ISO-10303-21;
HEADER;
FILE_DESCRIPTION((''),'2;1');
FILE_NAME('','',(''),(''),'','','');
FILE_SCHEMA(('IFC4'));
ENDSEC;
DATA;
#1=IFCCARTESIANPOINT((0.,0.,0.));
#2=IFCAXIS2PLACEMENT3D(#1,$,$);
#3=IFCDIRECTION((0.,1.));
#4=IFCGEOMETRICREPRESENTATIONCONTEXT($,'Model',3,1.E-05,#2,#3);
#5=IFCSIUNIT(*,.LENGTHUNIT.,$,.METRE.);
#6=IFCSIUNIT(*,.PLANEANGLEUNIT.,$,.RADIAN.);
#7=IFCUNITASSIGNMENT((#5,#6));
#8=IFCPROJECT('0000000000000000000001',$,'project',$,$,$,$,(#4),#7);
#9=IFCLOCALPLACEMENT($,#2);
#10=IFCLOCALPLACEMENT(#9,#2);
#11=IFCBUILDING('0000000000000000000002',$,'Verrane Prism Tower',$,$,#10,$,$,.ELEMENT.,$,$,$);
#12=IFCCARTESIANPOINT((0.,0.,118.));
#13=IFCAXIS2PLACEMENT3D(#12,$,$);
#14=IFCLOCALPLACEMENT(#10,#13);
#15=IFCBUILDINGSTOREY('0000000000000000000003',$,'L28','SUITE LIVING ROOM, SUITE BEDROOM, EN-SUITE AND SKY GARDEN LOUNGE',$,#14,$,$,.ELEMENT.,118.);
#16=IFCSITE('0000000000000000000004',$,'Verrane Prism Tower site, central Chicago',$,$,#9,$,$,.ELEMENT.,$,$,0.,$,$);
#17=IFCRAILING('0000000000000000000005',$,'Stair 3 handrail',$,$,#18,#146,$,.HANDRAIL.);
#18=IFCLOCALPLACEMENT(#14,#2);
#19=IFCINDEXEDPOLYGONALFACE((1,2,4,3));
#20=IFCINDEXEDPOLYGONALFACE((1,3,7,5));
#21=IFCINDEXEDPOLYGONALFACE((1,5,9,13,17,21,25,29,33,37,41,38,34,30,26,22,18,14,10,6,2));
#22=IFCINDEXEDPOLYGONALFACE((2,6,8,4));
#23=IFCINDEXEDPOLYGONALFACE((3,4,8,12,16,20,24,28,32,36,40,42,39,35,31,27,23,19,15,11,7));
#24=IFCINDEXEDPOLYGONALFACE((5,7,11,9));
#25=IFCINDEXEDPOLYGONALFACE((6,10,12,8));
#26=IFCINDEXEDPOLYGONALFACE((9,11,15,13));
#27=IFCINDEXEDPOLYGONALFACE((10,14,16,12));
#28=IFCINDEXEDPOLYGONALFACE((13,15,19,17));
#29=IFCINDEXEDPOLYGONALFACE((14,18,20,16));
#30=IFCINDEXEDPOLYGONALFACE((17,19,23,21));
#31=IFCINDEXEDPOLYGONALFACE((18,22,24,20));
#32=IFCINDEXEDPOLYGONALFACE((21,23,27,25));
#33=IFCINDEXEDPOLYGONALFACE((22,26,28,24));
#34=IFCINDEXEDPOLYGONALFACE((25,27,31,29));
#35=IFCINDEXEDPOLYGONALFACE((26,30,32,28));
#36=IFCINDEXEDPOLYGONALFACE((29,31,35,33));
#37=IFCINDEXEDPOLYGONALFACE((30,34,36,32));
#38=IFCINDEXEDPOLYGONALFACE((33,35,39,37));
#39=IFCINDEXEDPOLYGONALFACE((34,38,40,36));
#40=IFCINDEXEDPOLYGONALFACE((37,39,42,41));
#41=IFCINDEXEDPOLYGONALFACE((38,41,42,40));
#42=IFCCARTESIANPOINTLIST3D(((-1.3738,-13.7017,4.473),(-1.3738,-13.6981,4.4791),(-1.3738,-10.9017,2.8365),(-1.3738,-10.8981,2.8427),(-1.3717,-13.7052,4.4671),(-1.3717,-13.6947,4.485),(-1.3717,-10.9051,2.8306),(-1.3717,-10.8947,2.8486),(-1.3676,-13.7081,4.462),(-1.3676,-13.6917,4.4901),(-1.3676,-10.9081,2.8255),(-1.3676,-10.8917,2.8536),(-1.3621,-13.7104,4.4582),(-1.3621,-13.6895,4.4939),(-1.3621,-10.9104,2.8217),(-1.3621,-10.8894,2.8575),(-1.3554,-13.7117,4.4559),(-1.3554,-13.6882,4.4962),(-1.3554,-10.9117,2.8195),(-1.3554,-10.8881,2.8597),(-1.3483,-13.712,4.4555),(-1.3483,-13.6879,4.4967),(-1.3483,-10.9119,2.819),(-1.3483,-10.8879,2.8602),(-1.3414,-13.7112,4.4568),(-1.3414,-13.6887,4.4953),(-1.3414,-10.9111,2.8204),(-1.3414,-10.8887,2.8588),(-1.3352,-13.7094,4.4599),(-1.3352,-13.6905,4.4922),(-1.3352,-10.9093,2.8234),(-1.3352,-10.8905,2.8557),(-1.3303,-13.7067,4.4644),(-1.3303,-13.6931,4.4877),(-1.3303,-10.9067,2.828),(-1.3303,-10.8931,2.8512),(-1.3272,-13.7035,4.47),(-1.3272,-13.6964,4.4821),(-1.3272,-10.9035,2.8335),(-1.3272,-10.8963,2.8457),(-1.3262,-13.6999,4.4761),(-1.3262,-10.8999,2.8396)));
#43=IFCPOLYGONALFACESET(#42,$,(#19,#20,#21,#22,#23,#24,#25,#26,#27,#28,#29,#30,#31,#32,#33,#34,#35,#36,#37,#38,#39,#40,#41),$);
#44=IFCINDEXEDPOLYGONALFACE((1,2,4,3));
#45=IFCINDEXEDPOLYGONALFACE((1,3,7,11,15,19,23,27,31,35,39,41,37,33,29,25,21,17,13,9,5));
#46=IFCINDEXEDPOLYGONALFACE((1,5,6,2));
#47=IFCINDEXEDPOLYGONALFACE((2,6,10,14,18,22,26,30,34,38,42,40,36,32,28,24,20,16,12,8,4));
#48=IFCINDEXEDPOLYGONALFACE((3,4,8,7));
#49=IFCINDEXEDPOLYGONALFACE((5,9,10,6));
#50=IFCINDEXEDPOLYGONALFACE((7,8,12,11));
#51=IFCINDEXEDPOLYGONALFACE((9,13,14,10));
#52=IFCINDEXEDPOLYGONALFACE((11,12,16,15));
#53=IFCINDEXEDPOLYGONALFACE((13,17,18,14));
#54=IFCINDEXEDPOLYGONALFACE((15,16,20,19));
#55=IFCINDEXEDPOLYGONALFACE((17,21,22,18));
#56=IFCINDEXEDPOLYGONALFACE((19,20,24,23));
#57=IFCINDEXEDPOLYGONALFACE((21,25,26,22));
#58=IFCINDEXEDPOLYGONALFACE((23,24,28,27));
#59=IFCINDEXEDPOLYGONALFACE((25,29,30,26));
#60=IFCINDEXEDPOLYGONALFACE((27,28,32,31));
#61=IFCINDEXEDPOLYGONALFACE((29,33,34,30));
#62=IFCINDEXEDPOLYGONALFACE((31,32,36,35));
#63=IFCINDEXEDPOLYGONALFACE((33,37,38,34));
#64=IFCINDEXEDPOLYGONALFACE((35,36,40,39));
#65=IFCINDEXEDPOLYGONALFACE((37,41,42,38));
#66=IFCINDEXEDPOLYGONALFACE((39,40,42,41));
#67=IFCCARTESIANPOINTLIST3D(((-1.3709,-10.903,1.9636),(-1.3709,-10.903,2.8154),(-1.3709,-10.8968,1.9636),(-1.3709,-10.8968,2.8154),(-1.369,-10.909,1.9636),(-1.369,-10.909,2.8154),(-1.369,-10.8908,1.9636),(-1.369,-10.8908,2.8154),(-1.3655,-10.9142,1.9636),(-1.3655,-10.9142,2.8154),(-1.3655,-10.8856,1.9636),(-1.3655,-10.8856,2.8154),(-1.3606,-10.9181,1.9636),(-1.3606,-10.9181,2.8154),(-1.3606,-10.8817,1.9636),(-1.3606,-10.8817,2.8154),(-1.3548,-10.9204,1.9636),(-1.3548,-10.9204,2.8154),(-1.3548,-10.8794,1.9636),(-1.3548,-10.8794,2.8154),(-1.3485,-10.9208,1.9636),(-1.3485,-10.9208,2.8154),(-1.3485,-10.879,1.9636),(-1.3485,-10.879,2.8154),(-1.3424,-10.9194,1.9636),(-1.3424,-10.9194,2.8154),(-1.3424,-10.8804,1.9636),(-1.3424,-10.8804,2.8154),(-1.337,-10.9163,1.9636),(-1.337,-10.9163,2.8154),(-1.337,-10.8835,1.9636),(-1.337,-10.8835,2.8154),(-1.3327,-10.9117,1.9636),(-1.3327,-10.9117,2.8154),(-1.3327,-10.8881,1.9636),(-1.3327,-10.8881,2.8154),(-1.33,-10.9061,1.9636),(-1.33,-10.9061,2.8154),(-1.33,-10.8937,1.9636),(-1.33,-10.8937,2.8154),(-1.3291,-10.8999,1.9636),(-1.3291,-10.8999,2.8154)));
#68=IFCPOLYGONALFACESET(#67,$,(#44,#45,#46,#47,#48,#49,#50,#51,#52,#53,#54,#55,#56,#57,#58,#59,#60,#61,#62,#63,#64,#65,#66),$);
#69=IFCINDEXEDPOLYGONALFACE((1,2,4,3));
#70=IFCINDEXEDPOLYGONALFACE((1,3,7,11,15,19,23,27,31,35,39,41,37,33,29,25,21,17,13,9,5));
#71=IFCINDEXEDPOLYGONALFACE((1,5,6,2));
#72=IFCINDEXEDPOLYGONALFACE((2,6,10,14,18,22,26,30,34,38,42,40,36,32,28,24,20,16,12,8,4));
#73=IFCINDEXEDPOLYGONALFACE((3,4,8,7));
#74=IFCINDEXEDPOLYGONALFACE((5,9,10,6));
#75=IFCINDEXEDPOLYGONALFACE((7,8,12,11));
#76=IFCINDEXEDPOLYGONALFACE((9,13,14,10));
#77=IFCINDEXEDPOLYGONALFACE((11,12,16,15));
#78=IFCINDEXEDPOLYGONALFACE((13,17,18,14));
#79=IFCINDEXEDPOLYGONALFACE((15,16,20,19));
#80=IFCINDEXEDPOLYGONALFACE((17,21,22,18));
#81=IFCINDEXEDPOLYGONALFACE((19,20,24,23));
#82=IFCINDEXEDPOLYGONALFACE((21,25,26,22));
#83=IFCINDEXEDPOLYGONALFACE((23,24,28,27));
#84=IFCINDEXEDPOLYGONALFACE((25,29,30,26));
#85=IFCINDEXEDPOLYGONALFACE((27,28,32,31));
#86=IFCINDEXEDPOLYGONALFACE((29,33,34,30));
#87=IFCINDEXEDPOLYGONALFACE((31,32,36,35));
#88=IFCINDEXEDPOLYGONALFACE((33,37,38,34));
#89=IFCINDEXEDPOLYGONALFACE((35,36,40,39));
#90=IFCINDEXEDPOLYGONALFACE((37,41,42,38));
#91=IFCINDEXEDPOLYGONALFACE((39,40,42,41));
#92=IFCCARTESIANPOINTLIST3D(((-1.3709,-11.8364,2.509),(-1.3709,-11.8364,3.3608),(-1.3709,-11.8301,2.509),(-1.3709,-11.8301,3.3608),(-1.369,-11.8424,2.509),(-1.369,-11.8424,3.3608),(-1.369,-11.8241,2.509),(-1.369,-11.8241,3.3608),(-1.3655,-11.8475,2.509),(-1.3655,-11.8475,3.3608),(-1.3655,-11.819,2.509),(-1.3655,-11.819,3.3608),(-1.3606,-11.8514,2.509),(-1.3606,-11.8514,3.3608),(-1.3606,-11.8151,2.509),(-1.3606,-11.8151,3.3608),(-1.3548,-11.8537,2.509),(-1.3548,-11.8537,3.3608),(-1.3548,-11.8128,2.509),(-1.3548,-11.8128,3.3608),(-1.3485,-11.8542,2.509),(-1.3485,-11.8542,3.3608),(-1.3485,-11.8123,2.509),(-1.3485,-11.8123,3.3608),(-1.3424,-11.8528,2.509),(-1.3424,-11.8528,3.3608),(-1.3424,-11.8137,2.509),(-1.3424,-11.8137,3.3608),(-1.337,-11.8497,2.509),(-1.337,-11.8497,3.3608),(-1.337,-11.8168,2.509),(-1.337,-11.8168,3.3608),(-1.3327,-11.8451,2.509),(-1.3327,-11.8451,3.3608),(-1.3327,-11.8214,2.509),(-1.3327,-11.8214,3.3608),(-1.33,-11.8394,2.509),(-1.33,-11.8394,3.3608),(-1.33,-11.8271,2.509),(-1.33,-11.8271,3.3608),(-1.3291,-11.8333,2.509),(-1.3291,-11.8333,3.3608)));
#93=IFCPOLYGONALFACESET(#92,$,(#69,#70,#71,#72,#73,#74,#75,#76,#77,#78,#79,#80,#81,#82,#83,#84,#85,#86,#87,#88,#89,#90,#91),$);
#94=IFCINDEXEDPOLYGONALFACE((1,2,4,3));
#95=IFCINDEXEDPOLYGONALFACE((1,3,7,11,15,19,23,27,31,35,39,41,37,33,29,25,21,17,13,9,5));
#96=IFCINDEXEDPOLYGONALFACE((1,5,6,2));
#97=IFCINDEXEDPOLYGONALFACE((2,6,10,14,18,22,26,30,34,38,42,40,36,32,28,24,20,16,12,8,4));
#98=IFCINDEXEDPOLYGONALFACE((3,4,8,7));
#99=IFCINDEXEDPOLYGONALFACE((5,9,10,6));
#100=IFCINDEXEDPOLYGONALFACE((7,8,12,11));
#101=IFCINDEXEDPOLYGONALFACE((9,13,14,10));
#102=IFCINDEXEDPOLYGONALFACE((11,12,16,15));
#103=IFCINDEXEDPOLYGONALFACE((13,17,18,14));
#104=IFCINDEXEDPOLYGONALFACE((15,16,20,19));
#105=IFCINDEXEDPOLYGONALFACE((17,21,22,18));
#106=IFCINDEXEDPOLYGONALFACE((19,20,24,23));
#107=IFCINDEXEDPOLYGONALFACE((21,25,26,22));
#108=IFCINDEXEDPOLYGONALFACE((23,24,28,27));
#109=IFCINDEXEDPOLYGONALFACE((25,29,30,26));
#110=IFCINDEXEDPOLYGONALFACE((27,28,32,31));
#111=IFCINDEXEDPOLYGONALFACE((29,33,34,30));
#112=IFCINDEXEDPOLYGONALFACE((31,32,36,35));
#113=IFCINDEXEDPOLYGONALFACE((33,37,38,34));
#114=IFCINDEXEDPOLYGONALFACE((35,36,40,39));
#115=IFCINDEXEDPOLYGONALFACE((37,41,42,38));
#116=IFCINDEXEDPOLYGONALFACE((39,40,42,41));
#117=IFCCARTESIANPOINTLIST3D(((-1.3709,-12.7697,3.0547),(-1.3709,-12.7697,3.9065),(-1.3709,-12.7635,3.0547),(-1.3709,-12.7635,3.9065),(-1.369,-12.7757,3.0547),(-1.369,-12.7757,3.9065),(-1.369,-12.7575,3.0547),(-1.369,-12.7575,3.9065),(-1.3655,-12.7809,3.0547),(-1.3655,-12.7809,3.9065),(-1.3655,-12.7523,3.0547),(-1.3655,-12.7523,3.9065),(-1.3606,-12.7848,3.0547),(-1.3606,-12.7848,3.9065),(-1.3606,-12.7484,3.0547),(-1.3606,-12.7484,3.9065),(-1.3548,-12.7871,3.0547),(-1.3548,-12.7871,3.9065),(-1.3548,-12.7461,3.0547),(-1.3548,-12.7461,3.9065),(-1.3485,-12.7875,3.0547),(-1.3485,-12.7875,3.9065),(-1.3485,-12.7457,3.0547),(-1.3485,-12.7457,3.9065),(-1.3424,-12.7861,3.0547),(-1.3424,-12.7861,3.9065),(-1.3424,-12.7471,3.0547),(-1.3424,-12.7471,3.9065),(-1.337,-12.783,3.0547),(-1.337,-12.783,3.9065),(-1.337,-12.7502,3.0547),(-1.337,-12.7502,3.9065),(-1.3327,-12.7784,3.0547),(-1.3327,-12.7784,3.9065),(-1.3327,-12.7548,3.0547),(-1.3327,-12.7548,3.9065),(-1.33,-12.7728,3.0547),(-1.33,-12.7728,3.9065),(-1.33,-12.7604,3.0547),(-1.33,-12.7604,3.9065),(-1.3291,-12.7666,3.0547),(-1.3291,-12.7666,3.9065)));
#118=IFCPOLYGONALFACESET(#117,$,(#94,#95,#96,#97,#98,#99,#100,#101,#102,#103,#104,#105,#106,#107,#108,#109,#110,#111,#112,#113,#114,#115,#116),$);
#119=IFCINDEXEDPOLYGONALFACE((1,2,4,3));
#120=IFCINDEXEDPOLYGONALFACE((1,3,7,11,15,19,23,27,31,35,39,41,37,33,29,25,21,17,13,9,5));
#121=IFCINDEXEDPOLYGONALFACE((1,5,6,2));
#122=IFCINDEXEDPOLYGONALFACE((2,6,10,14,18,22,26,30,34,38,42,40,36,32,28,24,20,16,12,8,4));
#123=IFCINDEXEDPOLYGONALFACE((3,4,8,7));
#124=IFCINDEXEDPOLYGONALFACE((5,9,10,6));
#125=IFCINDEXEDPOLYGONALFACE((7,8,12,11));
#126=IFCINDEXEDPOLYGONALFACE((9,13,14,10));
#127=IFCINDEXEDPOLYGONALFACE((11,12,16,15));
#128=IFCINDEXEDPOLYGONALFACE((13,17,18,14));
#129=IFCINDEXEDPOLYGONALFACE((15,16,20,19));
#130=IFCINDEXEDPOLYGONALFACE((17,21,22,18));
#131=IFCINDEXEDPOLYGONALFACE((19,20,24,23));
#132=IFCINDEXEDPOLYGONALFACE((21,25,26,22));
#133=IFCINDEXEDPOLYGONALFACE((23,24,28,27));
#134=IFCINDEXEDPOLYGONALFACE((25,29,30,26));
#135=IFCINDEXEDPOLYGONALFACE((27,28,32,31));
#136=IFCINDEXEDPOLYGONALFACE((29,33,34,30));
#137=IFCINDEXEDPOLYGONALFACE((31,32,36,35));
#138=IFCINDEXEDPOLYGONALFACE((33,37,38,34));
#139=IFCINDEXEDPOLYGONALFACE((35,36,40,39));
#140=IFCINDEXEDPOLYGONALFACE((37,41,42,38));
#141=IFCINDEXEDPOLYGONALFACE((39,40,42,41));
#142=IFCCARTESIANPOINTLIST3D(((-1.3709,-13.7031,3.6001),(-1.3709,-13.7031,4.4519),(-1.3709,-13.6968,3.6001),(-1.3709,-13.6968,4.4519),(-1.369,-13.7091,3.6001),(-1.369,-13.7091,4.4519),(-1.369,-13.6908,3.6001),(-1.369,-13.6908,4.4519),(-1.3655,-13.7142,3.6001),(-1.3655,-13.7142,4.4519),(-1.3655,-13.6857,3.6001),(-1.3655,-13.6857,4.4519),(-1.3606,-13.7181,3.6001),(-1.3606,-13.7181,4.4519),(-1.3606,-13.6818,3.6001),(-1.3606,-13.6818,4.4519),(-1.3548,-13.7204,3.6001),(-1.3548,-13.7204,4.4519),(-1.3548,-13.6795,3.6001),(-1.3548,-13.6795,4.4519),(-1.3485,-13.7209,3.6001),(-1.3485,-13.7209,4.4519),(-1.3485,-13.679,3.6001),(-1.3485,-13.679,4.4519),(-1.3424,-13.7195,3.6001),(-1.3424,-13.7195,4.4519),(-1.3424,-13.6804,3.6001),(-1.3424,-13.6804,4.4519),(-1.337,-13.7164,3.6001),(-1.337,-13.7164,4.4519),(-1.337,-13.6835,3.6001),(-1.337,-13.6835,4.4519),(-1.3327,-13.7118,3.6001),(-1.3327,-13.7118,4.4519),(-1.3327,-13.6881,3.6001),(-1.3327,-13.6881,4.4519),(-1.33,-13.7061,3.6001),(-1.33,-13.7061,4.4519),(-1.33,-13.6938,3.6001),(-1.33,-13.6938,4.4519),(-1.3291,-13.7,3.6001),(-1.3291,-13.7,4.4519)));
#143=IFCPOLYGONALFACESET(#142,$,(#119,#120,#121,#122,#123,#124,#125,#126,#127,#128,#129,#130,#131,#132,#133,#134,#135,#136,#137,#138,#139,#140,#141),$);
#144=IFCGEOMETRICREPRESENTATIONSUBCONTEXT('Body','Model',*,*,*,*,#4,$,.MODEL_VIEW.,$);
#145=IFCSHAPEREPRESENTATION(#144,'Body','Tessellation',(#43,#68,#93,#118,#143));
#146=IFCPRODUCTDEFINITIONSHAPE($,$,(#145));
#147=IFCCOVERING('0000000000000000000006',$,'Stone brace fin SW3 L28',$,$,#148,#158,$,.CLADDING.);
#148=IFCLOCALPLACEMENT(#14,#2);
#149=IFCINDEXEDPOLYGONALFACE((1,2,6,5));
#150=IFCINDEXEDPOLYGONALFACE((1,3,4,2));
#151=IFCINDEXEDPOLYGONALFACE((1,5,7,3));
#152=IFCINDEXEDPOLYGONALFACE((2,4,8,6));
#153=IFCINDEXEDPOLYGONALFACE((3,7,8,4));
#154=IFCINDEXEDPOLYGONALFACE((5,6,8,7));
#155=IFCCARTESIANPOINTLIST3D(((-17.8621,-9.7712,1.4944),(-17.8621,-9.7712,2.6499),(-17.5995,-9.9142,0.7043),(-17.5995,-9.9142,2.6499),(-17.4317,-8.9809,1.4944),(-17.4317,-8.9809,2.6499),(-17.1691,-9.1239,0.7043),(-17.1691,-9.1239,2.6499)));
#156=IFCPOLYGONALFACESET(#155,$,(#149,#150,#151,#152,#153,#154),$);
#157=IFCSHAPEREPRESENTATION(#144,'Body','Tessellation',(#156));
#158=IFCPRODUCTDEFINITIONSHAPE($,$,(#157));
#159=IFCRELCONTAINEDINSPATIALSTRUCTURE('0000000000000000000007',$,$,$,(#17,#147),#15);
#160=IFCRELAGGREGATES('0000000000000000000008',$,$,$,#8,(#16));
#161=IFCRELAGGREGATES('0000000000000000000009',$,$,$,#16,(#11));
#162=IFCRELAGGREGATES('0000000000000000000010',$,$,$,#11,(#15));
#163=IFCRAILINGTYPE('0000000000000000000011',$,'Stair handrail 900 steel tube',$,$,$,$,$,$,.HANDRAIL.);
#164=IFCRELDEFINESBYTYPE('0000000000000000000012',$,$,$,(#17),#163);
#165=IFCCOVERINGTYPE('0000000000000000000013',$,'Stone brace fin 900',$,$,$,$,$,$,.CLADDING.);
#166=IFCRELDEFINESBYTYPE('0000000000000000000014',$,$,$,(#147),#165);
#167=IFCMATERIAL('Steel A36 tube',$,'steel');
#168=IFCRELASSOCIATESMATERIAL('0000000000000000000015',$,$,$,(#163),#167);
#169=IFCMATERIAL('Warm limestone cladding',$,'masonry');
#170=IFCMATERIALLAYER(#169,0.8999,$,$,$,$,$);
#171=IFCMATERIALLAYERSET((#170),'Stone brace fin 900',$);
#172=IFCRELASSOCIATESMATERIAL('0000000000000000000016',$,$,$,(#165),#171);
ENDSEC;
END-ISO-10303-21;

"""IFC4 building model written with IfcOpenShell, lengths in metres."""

from ifc_helpers import new_model, si_unit, direction, frame, origin, origin_2d, place, context, subcontext, project, spatial, polyline, circle, outline, extrude, material, layer, layer_set, type_object, element, save


model = new_model("IFC4")

# Units and contexts
model_context = context("Model", 3, precision=1e-05, world=origin(), true_north=direction((0.0, 1.0)))
body_context = subcontext(model_context, "Body", "Model", "MODEL_VIEW")
ifc_project = project(units=[si_unit("LENGTHUNIT", "METRE"), si_unit("PLANEANGLEUNIT", "RADIAN")], contexts=[model_context])

# Site, building, storey
site_placement = place(None, origin())
site = spatial("IfcSite", under=ifc_project, at=site_placement, Name="Verrane Prism Tower site, central Chicago", CompositionType="ELEMENT", RefElevation=0.0)
building_placement = place(site_placement, origin())
building = spatial("IfcBuilding", under=site, at=building_placement, Name="Verrane Prism Tower", CompositionType="ELEMENT")
storey_placement = place(building_placement, frame((0.0, 0.0, 118.0)))
storey = spatial("IfcBuildingStorey", under=building, at=storey_placement, Name="L28", Description="SUITE LIVING ROOM, SUITE BEDROOM, EN-SUITE AND SKY GARDEN LOUNGE", CompositionType="ELEMENT", Elevation=118.0)

# Railing
ifc_material_1 = material(Name="Steel A36 tube", Category="steel")
railing_type = type_object("IfcRailingType", Name="Stair handrail 900 steel tube", PredefinedType="HANDRAIL", material=ifc_material_1)
railing_placement = place(storey_placement, frame((-1.3501, -10.8999, 1.9636)))
element("IfcRailing", 1, at=railing_placement, inside=storey, type_object=railing_type, Name="Stair 3 handrail", PredefinedType="HANDRAIL", context=body_context, shape_type="SweptSolid", body=[
    extrude(circle(Radius=0.0239, at=origin_2d()), frame((0.0, 0.0, 0.876), z_axis=(0.0, -0.863361, 0.504587), x_axis=(1.0, 0.0, 0.0)), (0.0, 0.0, 1.0), 3.2432),
    extrude(circle(Radius=0.021, at=origin_2d()), origin(), (0.0, 0.0, 1.0), 0.8518),
    extrude(circle(Radius=0.021, at=origin_2d()), frame((0.0, -0.9333, 0.5454)), (0.0, 0.0, 1.0), 0.8518),
    extrude(circle(Radius=0.021, at=origin_2d()), frame((0.0, -1.8667, 1.0911)), (0.0, 0.0, 1.0), 0.8518),
    extrude(circle(Radius=0.021, at=origin_2d()), frame((0.0, -2.8, 1.6365)), (0.0, 0.0, 1.0), 0.8518),
])

# Covering
ifc_material_2 = material(Name="Warm limestone cladding", Category="masonry")
ifc_layer_1 = layer(ifc_material_2, 0.8999)
ifc_layer_set_1 = layer_set([ifc_layer_1], Name="Stone brace fin 900")
covering_type = type_object("IfcCoveringType", Name="Stone brace fin 900", PredefinedType="CLADDING", material=ifc_layer_set_1)
covering_placement = place(storey_placement, frame((-17.3843, -9.519, 0.7043), z_axis=(0.0, 0.0, 1.0), x_axis=(-0.878207, 0.47828, 0.0)))
element("IfcCovering", 2, at=covering_placement, inside=storey, type_object=covering_type, Name="Stone brace fin SW3 L28", PredefinedType="CLADDING", context=body_context, shape_type="SweptSolid", body=[
    extrude(outline(polyline([(0.2991, 1.9456), (0.0, 1.9456), (0.0, 0.0), (0.2991, 0.79), (0.2991, 1.9456)])), frame((0.0, 0.45, 0.0), z_axis=(0.0, -1.0, 0.0), x_axis=(1.0, 0.0, 0.0)), (0.0, 0.0, 1.0), 0.8999),
])

save(model, "model.ifc")
